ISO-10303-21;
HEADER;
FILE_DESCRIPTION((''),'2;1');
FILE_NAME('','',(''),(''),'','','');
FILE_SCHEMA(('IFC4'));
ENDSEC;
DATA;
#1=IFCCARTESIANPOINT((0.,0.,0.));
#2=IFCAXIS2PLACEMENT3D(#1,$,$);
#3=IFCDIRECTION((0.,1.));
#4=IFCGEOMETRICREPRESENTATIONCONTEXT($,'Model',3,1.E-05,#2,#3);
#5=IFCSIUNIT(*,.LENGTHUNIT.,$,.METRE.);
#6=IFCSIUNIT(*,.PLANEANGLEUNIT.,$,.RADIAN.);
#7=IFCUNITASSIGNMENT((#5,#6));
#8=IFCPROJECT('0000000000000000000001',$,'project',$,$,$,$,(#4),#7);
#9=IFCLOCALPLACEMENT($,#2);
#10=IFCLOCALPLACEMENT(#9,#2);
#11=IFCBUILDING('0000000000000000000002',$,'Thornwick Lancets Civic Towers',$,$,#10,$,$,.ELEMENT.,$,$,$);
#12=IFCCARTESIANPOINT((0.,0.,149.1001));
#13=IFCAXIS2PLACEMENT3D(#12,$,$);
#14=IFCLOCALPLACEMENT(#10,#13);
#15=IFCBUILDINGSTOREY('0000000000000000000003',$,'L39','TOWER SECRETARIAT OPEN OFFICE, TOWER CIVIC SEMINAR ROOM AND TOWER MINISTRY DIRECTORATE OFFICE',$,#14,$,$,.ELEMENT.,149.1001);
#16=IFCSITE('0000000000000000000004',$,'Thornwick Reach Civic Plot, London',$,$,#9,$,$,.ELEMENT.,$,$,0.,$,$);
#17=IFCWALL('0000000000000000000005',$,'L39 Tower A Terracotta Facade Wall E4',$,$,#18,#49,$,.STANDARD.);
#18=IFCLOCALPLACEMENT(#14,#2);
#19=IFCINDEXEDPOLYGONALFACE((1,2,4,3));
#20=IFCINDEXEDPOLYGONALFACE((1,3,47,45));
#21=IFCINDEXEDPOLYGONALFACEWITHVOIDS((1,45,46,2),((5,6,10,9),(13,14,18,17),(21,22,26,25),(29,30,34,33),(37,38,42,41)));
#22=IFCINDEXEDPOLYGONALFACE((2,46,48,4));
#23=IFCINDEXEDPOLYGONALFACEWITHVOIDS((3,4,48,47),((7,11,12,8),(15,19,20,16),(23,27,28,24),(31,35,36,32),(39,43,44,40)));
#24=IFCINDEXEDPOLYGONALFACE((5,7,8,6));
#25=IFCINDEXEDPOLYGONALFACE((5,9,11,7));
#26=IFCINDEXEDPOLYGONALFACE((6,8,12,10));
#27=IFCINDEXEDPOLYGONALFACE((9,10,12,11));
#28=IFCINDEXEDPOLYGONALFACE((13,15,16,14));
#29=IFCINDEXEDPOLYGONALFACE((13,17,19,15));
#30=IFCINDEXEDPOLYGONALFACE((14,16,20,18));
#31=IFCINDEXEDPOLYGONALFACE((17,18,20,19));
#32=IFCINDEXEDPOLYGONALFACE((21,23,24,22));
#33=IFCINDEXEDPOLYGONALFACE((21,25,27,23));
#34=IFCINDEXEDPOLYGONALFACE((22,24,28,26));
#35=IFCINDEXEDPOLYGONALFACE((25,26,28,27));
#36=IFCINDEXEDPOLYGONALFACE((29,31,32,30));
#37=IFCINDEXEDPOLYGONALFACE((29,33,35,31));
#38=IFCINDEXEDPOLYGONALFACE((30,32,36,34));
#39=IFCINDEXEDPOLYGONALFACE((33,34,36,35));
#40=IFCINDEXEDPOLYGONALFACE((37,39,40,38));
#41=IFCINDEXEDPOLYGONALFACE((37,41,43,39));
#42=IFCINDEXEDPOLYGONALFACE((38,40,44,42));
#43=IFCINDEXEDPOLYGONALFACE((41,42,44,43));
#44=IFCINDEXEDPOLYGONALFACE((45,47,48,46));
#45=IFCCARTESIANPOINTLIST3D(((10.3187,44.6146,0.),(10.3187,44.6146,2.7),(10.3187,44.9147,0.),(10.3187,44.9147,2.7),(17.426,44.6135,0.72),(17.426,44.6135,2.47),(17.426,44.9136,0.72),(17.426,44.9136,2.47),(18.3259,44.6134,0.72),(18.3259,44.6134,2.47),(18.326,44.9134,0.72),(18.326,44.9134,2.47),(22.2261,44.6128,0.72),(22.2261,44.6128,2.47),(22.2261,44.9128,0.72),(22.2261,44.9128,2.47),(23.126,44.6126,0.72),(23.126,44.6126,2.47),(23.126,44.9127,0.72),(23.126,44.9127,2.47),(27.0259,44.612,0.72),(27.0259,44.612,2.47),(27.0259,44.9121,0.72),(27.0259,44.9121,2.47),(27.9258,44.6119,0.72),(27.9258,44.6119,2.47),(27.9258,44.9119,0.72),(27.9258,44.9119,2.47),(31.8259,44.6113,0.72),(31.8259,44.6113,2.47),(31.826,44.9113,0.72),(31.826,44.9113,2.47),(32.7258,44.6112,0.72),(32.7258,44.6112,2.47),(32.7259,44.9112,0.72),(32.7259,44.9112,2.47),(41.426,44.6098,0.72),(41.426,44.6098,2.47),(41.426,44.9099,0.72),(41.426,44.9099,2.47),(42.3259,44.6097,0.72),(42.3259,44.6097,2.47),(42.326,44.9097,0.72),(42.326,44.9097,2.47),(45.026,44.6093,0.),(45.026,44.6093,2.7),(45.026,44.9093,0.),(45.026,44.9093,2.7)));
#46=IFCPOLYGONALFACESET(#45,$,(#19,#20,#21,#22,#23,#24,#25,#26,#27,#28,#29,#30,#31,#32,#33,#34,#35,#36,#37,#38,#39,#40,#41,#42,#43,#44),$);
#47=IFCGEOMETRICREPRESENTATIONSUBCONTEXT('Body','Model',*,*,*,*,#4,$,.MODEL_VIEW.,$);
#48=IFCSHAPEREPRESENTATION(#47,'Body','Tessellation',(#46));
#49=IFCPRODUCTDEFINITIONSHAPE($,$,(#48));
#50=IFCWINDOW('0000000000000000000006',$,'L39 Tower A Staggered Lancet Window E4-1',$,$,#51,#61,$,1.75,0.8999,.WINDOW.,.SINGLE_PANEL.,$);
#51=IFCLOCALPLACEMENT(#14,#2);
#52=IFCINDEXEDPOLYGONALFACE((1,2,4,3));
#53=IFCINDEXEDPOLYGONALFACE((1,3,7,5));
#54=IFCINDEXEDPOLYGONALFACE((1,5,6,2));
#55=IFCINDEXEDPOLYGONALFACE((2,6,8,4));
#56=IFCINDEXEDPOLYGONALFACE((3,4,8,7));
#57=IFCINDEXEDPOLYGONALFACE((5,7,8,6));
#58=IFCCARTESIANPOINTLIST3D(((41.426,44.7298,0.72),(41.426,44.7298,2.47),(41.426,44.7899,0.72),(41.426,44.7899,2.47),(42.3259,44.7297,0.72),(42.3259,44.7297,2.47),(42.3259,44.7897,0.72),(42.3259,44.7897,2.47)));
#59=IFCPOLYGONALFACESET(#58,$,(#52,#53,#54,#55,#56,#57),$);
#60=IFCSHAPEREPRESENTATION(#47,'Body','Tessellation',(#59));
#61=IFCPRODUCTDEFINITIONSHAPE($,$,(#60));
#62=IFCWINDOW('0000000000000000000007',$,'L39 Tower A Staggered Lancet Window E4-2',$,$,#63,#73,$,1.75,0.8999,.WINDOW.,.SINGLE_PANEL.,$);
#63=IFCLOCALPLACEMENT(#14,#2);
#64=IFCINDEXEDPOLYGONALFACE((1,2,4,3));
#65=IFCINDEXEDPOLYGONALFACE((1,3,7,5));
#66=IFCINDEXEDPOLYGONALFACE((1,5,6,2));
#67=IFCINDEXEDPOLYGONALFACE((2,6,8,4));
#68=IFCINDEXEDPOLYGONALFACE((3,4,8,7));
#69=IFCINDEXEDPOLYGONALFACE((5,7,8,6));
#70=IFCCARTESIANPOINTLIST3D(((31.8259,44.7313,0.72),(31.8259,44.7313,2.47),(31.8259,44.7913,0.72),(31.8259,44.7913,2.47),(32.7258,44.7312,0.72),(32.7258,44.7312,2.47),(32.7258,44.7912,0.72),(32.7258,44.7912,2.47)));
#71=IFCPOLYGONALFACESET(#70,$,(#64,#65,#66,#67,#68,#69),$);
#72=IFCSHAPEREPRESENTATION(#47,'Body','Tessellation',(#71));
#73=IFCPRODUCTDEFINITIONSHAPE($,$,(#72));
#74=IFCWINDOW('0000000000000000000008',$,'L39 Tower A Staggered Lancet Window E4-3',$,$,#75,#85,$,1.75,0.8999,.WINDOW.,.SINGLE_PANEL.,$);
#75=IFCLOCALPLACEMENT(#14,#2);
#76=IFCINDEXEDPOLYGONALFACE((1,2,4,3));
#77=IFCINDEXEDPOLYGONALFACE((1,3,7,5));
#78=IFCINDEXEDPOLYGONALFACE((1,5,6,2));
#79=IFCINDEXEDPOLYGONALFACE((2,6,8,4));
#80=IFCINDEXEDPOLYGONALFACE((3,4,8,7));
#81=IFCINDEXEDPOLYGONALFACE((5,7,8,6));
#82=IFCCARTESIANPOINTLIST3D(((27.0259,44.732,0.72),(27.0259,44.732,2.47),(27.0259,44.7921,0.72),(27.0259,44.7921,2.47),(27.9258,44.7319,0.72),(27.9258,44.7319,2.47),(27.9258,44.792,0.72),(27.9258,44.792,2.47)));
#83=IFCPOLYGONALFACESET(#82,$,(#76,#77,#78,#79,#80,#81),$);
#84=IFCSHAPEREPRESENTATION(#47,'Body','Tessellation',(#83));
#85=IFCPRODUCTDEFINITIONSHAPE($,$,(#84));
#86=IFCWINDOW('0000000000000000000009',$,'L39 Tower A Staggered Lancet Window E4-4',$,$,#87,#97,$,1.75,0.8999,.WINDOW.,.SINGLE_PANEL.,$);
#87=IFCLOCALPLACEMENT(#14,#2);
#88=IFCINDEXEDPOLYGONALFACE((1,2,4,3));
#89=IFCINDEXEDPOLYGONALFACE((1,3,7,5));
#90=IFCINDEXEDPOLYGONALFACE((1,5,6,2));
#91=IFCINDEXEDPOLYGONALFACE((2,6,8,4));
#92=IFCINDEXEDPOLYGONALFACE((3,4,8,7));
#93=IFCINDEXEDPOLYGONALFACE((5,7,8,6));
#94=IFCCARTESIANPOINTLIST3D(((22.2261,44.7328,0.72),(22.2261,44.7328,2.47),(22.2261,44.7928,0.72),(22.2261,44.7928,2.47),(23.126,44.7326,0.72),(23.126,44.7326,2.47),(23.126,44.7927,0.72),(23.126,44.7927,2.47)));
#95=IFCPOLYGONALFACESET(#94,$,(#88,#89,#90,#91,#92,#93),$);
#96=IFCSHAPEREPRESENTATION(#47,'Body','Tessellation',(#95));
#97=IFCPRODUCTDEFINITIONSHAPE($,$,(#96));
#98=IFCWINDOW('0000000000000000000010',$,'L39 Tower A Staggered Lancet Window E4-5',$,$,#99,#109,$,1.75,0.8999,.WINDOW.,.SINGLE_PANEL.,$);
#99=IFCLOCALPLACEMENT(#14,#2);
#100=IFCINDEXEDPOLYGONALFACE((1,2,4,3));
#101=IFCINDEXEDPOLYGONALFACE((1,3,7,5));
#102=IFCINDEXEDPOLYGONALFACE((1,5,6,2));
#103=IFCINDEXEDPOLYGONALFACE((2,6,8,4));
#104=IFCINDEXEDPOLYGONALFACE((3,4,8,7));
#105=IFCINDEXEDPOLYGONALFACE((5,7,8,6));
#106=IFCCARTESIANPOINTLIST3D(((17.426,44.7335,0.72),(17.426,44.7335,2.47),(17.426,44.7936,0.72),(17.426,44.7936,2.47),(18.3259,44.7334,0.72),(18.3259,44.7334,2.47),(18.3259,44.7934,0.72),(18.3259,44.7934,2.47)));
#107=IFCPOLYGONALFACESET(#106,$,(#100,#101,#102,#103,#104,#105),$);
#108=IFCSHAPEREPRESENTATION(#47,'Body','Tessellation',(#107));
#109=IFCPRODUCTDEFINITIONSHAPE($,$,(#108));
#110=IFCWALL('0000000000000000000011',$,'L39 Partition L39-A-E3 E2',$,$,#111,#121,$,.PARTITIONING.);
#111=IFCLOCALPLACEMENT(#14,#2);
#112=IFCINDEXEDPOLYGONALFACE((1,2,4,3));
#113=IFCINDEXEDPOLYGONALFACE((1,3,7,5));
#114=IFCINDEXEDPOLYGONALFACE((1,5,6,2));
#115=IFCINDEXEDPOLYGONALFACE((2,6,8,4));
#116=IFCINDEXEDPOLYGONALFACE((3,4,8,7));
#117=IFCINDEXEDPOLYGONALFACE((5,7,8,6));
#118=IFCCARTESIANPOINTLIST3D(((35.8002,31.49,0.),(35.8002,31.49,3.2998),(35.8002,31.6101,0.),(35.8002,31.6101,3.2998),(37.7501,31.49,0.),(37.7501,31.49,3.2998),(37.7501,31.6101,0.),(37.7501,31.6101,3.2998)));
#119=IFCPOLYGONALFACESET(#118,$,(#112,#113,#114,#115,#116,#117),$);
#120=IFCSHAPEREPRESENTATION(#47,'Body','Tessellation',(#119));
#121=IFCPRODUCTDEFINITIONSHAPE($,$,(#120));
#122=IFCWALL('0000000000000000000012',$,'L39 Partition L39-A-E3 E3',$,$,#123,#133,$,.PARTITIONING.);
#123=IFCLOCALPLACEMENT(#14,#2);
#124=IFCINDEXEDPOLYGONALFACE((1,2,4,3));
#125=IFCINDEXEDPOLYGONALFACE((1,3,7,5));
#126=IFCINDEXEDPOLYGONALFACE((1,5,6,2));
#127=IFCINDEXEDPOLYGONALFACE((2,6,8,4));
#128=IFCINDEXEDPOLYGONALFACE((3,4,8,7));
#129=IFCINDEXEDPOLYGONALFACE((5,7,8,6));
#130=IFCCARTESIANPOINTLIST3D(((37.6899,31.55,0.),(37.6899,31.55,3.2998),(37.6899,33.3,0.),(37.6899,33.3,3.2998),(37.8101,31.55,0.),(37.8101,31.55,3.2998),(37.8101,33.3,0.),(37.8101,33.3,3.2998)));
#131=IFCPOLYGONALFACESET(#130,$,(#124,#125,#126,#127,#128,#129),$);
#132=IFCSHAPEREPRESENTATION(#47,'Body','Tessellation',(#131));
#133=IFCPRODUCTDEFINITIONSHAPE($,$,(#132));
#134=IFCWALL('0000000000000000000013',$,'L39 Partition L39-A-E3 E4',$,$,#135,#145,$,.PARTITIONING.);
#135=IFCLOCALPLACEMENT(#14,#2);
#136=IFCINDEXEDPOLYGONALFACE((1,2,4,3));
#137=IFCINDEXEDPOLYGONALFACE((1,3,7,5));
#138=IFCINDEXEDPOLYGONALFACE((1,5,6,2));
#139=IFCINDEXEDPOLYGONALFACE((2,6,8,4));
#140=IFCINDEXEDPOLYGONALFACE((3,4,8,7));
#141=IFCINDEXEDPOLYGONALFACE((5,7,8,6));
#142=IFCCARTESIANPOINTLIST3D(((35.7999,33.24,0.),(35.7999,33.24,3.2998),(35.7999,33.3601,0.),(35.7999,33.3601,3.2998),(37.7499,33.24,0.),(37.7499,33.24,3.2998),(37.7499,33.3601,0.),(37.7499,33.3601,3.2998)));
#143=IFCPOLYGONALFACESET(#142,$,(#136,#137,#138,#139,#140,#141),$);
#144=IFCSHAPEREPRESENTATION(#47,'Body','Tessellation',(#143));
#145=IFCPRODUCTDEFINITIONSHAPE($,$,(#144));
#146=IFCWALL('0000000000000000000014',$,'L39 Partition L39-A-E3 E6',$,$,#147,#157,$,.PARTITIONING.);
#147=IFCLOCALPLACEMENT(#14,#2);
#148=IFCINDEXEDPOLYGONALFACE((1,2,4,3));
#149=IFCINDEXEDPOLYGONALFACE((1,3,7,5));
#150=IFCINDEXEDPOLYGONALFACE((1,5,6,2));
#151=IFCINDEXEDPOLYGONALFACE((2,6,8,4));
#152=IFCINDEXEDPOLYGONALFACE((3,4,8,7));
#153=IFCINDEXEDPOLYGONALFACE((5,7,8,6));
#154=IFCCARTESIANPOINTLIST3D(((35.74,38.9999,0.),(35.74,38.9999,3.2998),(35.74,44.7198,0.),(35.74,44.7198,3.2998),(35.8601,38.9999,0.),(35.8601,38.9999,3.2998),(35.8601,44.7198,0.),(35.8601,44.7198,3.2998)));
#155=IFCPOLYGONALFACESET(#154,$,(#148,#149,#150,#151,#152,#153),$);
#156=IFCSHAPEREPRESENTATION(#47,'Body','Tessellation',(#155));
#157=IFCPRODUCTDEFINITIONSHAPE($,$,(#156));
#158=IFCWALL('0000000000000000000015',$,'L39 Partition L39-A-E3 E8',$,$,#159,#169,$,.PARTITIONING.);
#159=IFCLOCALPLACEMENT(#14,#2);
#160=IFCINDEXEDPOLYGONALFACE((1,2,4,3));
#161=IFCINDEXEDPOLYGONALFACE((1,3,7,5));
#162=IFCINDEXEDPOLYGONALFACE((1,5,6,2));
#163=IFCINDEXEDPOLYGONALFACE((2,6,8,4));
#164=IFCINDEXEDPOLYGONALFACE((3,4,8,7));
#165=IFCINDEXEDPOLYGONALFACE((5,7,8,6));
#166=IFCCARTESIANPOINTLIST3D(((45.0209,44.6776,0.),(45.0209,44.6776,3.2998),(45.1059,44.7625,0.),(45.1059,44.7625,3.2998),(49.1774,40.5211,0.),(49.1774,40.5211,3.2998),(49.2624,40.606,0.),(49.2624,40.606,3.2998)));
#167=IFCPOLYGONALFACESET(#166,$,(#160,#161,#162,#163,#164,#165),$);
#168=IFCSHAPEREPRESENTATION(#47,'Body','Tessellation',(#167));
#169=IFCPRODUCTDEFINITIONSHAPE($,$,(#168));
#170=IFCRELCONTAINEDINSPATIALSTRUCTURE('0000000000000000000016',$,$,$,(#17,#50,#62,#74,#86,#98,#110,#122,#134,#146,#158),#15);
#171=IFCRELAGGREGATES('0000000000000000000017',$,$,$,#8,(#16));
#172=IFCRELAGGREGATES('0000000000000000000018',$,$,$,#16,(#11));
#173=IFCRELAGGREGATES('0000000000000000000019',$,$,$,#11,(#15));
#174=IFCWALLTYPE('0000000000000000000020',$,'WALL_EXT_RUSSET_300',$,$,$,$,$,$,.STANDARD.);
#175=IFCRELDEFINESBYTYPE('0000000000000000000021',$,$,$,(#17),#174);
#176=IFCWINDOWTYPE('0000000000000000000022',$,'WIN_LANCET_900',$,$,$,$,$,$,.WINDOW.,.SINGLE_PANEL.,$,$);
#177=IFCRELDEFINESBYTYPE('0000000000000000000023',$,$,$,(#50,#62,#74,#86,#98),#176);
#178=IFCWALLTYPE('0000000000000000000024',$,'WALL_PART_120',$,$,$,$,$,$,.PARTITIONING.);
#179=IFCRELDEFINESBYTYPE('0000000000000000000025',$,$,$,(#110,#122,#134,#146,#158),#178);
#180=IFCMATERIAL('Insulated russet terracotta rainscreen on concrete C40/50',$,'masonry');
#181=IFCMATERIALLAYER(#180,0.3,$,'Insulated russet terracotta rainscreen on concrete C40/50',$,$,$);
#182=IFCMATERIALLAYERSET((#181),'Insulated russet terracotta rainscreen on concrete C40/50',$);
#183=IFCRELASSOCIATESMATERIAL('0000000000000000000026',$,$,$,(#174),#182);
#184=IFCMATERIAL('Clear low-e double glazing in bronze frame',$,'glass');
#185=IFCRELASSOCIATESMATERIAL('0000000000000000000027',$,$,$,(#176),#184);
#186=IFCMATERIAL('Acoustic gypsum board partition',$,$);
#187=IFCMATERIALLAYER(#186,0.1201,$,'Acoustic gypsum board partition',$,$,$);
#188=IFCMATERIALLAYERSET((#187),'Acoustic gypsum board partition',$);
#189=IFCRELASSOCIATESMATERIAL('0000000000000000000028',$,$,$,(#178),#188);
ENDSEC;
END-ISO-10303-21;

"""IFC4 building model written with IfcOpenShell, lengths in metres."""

from ifc_helpers import new_model, si_unit, direction, frame, frame_2d, origin, place, context, subcontext, project, spatial, rectangle, extrude, material, layer, layer_set, type_object, element, fill, save


model = new_model("IFC4")

# Units and contexts
model_context = context("Model", 3, precision=1e-05, world=origin(), true_north=direction((0.0, 1.0)))
body_context = subcontext(model_context, "Body", "Model", "MODEL_VIEW")
ifc_project = project(units=[si_unit("LENGTHUNIT", "METRE"), si_unit("PLANEANGLEUNIT", "RADIAN")], contexts=[model_context])

# Site, building, storey
site_placement = place(None, origin())
site = spatial("IfcSite", under=ifc_project, at=site_placement, Name="Thornwick Reach Civic Plot, London", CompositionType="ELEMENT", RefElevation=0.0)
building_placement = place(site_placement, origin())
building = spatial("IfcBuilding", under=site, at=building_placement, Name="Thornwick Lancets Civic Towers", CompositionType="ELEMENT")
storey_placement = place(building_placement, frame((0.0, 0.0, 149.1001)))
storey = spatial("IfcBuildingStorey", under=building, at=storey_placement, Name="L39", Description="TOWER SECRETARIAT OPEN OFFICE, TOWER CIVIC SEMINAR ROOM AND TOWER MINISTRY DIRECTORATE OFFICE", CompositionType="ELEMENT", Elevation=149.1001)

# Wall, openings, windows
ifc_material_1 = material(Name="Insulated russet terracotta rainscreen on concrete C40/50", Category="masonry")
ifc_layer_1 = layer(ifc_material_1, 0.3, Name="Insulated russet terracotta rainscreen on concrete C40/50")
ifc_layer_set_1 = layer_set([ifc_layer_1], Name="Insulated russet terracotta rainscreen on concrete C40/50")
wall_type_1 = type_object("IfcWallType", Name="WALL_EXT_RUSSET_300", PredefinedType="STANDARD", material=ifc_layer_set_1)
wall_1_placement = place(storey_placement, frame((45.0259, 44.7593, 0.0), z_axis=(0.0, 0.0, 1.0), x_axis=(-1.0, 0.000155, 0.0)))
wall_1 = element("IfcWall", 1, at=wall_1_placement, inside=storey, type_object=wall_type_1, Name="L39 Tower A Terracotta Facade Wall E4", PredefinedType="STANDARD", context=body_context, shape_type="SweptSolid", body=[
    extrude(rectangle(XDim=34.7073, YDim=0.3, at=frame_2d((17.3535, 0.0))), origin(), (0.0, 0.0, 1.0), 2.7),
])
opening_1_placement = place(wall_1_placement, frame((2.7, 0.0, 0.72)))
opening_1 = element("IfcOpeningElement", 2, at=opening_1_placement, cuts=wall_1, PredefinedType="OPENING", context=body_context, shape_type="SweptSolid", body=[
    extrude(rectangle(XDim=0.8999, YDim=1.75, at=frame_2d((0.45, 0.875))), frame((0.0, 0.1602, 0.0), z_axis=(0.0, -1.0, 0.0), x_axis=(1.0, 0.0, 0.0)), (0.0, 0.0, 1.0), 0.3201),
])
opening_2_placement = place(wall_1_placement, frame((12.3, 0.0, 0.72)))
opening_2 = element("IfcOpeningElement", 3, at=opening_2_placement, cuts=wall_1, PredefinedType="OPENING", context=body_context, shape_type="SweptSolid", body=[
    extrude(rectangle(XDim=0.8999, YDim=1.75, at=frame_2d((0.45, 0.875))), frame((0.0, 0.1602, 0.0), z_axis=(0.0, -1.0, 0.0), x_axis=(1.0, 0.0, 0.0)), (0.0, 0.0, 1.0), 0.3201),
])
opening_3_placement = place(wall_1_placement, frame((17.1001, 0.0, 0.72)))
opening_3 = element("IfcOpeningElement", 4, at=opening_3_placement, cuts=wall_1, PredefinedType="OPENING", context=body_context, shape_type="SweptSolid", body=[
    extrude(rectangle(XDim=0.8999, YDim=1.75, at=frame_2d((0.45, 0.875))), frame((0.0, 0.1602, 0.0), z_axis=(0.0, -1.0, 0.0), x_axis=(1.0, 0.0, 0.0)), (0.0, 0.0, 1.0), 0.3201),
])
opening_4_placement = place(wall_1_placement, frame((21.8999, 0.0, 0.72)))
opening_4 = element("IfcOpeningElement", 5, at=opening_4_placement, cuts=wall_1, PredefinedType="OPENING", context=body_context, shape_type="SweptSolid", body=[
    extrude(rectangle(XDim=0.8999, YDim=1.75, at=frame_2d((0.45, 0.875))), frame((0.0, 0.1602, 0.0), z_axis=(0.0, -1.0, 0.0), x_axis=(1.0, 0.0, 0.0)), (0.0, 0.0, 1.0), 0.3201),
])
opening_5_placement = place(wall_1_placement, frame((26.7, 0.0, 0.72)))
opening_5 = element("IfcOpeningElement", 6, at=opening_5_placement, cuts=wall_1, PredefinedType="OPENING", context=body_context, shape_type="SweptSolid", body=[
    extrude(rectangle(XDim=0.8999, YDim=1.75, at=frame_2d((0.45, 0.875))), frame((0.0, 0.1602, 0.0), z_axis=(0.0, -1.0, 0.0), x_axis=(1.0, 0.0, 0.0)), (0.0, 0.0, 1.0), 0.3201),
])
ifc_material_2 = material(Name="Clear low-e double glazing in bronze frame", Category="glass")
window_type = type_object("IfcWindowType", Name="WIN_LANCET_900", PartitioningType="SINGLE_PANEL", PredefinedType="WINDOW", material=ifc_material_2)
window_1_placement = place(opening_1_placement, origin())
window_1 = element("IfcWindow", 7, at=window_1_placement, inside=storey, type_object=window_type, Name="L39 Tower A Staggered Lancet Window E4-1", OverallHeight=1.75, OverallWidth=0.8999, PartitioningType="SINGLE_PANEL", PredefinedType="WINDOW", context=body_context, shape_type="SweptSolid", body=[
    extrude(rectangle(XDim=0.8999, YDim=1.75, at=frame_2d((0.45, 0.875))), frame((0.0, 0.03, 0.0), z_axis=(0.0, -1.0, 0.0), x_axis=(1.0, 0.0, 0.0)), (0.0, 0.0, 1.0), 0.0601),
])
fill(opening_1, window_1)
window_2_placement = place(opening_2_placement, origin())
window_2 = element("IfcWindow", 8, at=window_2_placement, inside=storey, type_object=window_type, Name="L39 Tower A Staggered Lancet Window E4-2", OverallHeight=1.75, OverallWidth=0.8999, PartitioningType="SINGLE_PANEL", PredefinedType="WINDOW", context=body_context, shape_type="SweptSolid", body=[
    extrude(rectangle(XDim=0.8999, YDim=1.75, at=frame_2d((0.45, 0.875))), frame((0.0, 0.03, 0.0), z_axis=(0.0, -1.0, 0.0), x_axis=(1.0, 0.0, 0.0)), (0.0, 0.0, 1.0), 0.0601),
])
fill(opening_2, window_2)
window_3_placement = place(opening_3_placement, origin())
window_3 = element("IfcWindow", 9, at=window_3_placement, inside=storey, type_object=window_type, Name="L39 Tower A Staggered Lancet Window E4-3", OverallHeight=1.75, OverallWidth=0.8999, PartitioningType="SINGLE_PANEL", PredefinedType="WINDOW", context=body_context, shape_type="SweptSolid", body=[
    extrude(rectangle(XDim=0.8999, YDim=1.75, at=frame_2d((0.45, 0.875))), frame((0.0, 0.03, 0.0), z_axis=(0.0, -1.0, 0.0), x_axis=(1.0, 0.0, 0.0)), (0.0, 0.0, 1.0), 0.0601),
])
fill(opening_3, window_3)
window_4_placement = place(opening_4_placement, origin())
window_4 = element("IfcWindow", 10, at=window_4_placement, inside=storey, type_object=window_type, Name="L39 Tower A Staggered Lancet Window E4-4", OverallHeight=1.75, OverallWidth=0.8999, PartitioningType="SINGLE_PANEL", PredefinedType="WINDOW", context=body_context, shape_type="SweptSolid", body=[
    extrude(rectangle(XDim=0.8999, YDim=1.75, at=frame_2d((0.45, 0.875))), frame((0.0, 0.03, 0.0), z_axis=(0.0, -1.0, 0.0), x_axis=(1.0, 0.0, 0.0)), (0.0, 0.0, 1.0), 0.0601),
])
fill(opening_4, window_4)
window_5_placement = place(opening_5_placement, origin())
window_5 = element("IfcWindow", 11, at=window_5_placement, inside=storey, type_object=window_type, Name="L39 Tower A Staggered Lancet Window E4-5", OverallHeight=1.75, OverallWidth=0.8999, PartitioningType="SINGLE_PANEL", PredefinedType="WINDOW", context=body_context, shape_type="SweptSolid", body=[
    extrude(rectangle(XDim=0.8999, YDim=1.75, at=frame_2d((0.45, 0.875))), frame((0.0, 0.03, 0.0), z_axis=(0.0, -1.0, 0.0), x_axis=(1.0, 0.0, 0.0)), (0.0, 0.0, 1.0), 0.0601),
])
fill(opening_5, window_5)

# Walls
ifc_material_3 = material(Name="Acoustic gypsum board partition")
ifc_layer_2 = layer(ifc_material_3, 0.1201, Name="Acoustic gypsum board partition")
ifc_layer_set_2 = layer_set([ifc_layer_2], Name="Acoustic gypsum board partition")
wall_type_2 = type_object("IfcWallType", Name="WALL_PART_120", PredefinedType="PARTITIONING", material=ifc_layer_set_2)
wall_2_placement = place(storey_placement, frame((35.8, 31.55, 0.0), z_axis=(0.0, 0.0, 1.0), x_axis=(1.0, 0.0, 0.0)))
element("IfcWall", 12, at=wall_2_placement, inside=storey, type_object=wall_type_2, Name="L39 Partition L39-A-E3 E2", PredefinedType="PARTITIONING", context=body_context, shape_type="SweptSolid", body=[
    extrude(rectangle(XDim=1.95, YDim=0.1201, at=frame_2d((0.9751, 0.0))), origin(), (0.0, 0.0, 1.0), 3.2998),
])
wall_3_placement = place(storey_placement, frame((37.75, 31.55, 0.0), z_axis=(0.0, 0.0, 1.0), x_axis=(0.0, 1.0, 0.0)))
element("IfcWall", 13, at=wall_3_placement, inside=storey, type_object=wall_type_2, Name="L39 Partition L39-A-E3 E3", PredefinedType="PARTITIONING", context=body_context, shape_type="SweptSolid", body=[
    extrude(rectangle(XDim=1.75, YDim=0.1201, at=frame_2d((0.875, 0.0))), origin(), (0.0, 0.0, 1.0), 3.2998),
])
wall_4_placement = place(storey_placement, frame((37.75, 33.3, 0.0), z_axis=(0.0, 0.0, 1.0), x_axis=(-1.0, 0.0, 0.0)))
element("IfcWall", 14, at=wall_4_placement, inside=storey, type_object=wall_type_2, Name="L39 Partition L39-A-E3 E4", PredefinedType="PARTITIONING", context=body_context, shape_type="SweptSolid", body=[
    extrude(rectangle(XDim=1.95, YDim=0.1201, at=frame_2d((0.9751, 0.0))), origin(), (0.0, 0.0, 1.0), 3.2998),
])
wall_5_placement = place(storey_placement, frame((35.8, 39.0, 0.0), z_axis=(0.0, 0.0, 1.0), x_axis=(0.0, 1.0, 0.0)))
element("IfcWall", 15, at=wall_5_placement, inside=storey, type_object=wall_type_2, Name="L39 Partition L39-A-E3 E6", PredefinedType="PARTITIONING", context=body_context, shape_type="SweptSolid", body=[
    extrude(rectangle(XDim=5.72, YDim=0.1201, at=frame_2d((2.8599, 0.0))), origin(), (0.0, 0.0, 1.0), 3.2998),
])
wall_6_placement = place(storey_placement, frame((45.0635, 44.72, 0.0), z_axis=(0.0, 0.0, 1.0), x_axis=(0.707107, -0.707107, 0.0)))
element("IfcWall", 16, at=wall_6_placement, inside=storey, type_object=wall_type_2, Name="L39 Partition L39-A-E3 E8", PredefinedType="PARTITIONING", context=body_context, shape_type="SweptSolid", body=[
    extrude(rectangle(XDim=5.8782, YDim=0.1201, at=frame_2d((2.939, 0.0))), origin(), (0.0, 0.0, 1.0), 3.2998),
])

save(model, "model.ifc")
